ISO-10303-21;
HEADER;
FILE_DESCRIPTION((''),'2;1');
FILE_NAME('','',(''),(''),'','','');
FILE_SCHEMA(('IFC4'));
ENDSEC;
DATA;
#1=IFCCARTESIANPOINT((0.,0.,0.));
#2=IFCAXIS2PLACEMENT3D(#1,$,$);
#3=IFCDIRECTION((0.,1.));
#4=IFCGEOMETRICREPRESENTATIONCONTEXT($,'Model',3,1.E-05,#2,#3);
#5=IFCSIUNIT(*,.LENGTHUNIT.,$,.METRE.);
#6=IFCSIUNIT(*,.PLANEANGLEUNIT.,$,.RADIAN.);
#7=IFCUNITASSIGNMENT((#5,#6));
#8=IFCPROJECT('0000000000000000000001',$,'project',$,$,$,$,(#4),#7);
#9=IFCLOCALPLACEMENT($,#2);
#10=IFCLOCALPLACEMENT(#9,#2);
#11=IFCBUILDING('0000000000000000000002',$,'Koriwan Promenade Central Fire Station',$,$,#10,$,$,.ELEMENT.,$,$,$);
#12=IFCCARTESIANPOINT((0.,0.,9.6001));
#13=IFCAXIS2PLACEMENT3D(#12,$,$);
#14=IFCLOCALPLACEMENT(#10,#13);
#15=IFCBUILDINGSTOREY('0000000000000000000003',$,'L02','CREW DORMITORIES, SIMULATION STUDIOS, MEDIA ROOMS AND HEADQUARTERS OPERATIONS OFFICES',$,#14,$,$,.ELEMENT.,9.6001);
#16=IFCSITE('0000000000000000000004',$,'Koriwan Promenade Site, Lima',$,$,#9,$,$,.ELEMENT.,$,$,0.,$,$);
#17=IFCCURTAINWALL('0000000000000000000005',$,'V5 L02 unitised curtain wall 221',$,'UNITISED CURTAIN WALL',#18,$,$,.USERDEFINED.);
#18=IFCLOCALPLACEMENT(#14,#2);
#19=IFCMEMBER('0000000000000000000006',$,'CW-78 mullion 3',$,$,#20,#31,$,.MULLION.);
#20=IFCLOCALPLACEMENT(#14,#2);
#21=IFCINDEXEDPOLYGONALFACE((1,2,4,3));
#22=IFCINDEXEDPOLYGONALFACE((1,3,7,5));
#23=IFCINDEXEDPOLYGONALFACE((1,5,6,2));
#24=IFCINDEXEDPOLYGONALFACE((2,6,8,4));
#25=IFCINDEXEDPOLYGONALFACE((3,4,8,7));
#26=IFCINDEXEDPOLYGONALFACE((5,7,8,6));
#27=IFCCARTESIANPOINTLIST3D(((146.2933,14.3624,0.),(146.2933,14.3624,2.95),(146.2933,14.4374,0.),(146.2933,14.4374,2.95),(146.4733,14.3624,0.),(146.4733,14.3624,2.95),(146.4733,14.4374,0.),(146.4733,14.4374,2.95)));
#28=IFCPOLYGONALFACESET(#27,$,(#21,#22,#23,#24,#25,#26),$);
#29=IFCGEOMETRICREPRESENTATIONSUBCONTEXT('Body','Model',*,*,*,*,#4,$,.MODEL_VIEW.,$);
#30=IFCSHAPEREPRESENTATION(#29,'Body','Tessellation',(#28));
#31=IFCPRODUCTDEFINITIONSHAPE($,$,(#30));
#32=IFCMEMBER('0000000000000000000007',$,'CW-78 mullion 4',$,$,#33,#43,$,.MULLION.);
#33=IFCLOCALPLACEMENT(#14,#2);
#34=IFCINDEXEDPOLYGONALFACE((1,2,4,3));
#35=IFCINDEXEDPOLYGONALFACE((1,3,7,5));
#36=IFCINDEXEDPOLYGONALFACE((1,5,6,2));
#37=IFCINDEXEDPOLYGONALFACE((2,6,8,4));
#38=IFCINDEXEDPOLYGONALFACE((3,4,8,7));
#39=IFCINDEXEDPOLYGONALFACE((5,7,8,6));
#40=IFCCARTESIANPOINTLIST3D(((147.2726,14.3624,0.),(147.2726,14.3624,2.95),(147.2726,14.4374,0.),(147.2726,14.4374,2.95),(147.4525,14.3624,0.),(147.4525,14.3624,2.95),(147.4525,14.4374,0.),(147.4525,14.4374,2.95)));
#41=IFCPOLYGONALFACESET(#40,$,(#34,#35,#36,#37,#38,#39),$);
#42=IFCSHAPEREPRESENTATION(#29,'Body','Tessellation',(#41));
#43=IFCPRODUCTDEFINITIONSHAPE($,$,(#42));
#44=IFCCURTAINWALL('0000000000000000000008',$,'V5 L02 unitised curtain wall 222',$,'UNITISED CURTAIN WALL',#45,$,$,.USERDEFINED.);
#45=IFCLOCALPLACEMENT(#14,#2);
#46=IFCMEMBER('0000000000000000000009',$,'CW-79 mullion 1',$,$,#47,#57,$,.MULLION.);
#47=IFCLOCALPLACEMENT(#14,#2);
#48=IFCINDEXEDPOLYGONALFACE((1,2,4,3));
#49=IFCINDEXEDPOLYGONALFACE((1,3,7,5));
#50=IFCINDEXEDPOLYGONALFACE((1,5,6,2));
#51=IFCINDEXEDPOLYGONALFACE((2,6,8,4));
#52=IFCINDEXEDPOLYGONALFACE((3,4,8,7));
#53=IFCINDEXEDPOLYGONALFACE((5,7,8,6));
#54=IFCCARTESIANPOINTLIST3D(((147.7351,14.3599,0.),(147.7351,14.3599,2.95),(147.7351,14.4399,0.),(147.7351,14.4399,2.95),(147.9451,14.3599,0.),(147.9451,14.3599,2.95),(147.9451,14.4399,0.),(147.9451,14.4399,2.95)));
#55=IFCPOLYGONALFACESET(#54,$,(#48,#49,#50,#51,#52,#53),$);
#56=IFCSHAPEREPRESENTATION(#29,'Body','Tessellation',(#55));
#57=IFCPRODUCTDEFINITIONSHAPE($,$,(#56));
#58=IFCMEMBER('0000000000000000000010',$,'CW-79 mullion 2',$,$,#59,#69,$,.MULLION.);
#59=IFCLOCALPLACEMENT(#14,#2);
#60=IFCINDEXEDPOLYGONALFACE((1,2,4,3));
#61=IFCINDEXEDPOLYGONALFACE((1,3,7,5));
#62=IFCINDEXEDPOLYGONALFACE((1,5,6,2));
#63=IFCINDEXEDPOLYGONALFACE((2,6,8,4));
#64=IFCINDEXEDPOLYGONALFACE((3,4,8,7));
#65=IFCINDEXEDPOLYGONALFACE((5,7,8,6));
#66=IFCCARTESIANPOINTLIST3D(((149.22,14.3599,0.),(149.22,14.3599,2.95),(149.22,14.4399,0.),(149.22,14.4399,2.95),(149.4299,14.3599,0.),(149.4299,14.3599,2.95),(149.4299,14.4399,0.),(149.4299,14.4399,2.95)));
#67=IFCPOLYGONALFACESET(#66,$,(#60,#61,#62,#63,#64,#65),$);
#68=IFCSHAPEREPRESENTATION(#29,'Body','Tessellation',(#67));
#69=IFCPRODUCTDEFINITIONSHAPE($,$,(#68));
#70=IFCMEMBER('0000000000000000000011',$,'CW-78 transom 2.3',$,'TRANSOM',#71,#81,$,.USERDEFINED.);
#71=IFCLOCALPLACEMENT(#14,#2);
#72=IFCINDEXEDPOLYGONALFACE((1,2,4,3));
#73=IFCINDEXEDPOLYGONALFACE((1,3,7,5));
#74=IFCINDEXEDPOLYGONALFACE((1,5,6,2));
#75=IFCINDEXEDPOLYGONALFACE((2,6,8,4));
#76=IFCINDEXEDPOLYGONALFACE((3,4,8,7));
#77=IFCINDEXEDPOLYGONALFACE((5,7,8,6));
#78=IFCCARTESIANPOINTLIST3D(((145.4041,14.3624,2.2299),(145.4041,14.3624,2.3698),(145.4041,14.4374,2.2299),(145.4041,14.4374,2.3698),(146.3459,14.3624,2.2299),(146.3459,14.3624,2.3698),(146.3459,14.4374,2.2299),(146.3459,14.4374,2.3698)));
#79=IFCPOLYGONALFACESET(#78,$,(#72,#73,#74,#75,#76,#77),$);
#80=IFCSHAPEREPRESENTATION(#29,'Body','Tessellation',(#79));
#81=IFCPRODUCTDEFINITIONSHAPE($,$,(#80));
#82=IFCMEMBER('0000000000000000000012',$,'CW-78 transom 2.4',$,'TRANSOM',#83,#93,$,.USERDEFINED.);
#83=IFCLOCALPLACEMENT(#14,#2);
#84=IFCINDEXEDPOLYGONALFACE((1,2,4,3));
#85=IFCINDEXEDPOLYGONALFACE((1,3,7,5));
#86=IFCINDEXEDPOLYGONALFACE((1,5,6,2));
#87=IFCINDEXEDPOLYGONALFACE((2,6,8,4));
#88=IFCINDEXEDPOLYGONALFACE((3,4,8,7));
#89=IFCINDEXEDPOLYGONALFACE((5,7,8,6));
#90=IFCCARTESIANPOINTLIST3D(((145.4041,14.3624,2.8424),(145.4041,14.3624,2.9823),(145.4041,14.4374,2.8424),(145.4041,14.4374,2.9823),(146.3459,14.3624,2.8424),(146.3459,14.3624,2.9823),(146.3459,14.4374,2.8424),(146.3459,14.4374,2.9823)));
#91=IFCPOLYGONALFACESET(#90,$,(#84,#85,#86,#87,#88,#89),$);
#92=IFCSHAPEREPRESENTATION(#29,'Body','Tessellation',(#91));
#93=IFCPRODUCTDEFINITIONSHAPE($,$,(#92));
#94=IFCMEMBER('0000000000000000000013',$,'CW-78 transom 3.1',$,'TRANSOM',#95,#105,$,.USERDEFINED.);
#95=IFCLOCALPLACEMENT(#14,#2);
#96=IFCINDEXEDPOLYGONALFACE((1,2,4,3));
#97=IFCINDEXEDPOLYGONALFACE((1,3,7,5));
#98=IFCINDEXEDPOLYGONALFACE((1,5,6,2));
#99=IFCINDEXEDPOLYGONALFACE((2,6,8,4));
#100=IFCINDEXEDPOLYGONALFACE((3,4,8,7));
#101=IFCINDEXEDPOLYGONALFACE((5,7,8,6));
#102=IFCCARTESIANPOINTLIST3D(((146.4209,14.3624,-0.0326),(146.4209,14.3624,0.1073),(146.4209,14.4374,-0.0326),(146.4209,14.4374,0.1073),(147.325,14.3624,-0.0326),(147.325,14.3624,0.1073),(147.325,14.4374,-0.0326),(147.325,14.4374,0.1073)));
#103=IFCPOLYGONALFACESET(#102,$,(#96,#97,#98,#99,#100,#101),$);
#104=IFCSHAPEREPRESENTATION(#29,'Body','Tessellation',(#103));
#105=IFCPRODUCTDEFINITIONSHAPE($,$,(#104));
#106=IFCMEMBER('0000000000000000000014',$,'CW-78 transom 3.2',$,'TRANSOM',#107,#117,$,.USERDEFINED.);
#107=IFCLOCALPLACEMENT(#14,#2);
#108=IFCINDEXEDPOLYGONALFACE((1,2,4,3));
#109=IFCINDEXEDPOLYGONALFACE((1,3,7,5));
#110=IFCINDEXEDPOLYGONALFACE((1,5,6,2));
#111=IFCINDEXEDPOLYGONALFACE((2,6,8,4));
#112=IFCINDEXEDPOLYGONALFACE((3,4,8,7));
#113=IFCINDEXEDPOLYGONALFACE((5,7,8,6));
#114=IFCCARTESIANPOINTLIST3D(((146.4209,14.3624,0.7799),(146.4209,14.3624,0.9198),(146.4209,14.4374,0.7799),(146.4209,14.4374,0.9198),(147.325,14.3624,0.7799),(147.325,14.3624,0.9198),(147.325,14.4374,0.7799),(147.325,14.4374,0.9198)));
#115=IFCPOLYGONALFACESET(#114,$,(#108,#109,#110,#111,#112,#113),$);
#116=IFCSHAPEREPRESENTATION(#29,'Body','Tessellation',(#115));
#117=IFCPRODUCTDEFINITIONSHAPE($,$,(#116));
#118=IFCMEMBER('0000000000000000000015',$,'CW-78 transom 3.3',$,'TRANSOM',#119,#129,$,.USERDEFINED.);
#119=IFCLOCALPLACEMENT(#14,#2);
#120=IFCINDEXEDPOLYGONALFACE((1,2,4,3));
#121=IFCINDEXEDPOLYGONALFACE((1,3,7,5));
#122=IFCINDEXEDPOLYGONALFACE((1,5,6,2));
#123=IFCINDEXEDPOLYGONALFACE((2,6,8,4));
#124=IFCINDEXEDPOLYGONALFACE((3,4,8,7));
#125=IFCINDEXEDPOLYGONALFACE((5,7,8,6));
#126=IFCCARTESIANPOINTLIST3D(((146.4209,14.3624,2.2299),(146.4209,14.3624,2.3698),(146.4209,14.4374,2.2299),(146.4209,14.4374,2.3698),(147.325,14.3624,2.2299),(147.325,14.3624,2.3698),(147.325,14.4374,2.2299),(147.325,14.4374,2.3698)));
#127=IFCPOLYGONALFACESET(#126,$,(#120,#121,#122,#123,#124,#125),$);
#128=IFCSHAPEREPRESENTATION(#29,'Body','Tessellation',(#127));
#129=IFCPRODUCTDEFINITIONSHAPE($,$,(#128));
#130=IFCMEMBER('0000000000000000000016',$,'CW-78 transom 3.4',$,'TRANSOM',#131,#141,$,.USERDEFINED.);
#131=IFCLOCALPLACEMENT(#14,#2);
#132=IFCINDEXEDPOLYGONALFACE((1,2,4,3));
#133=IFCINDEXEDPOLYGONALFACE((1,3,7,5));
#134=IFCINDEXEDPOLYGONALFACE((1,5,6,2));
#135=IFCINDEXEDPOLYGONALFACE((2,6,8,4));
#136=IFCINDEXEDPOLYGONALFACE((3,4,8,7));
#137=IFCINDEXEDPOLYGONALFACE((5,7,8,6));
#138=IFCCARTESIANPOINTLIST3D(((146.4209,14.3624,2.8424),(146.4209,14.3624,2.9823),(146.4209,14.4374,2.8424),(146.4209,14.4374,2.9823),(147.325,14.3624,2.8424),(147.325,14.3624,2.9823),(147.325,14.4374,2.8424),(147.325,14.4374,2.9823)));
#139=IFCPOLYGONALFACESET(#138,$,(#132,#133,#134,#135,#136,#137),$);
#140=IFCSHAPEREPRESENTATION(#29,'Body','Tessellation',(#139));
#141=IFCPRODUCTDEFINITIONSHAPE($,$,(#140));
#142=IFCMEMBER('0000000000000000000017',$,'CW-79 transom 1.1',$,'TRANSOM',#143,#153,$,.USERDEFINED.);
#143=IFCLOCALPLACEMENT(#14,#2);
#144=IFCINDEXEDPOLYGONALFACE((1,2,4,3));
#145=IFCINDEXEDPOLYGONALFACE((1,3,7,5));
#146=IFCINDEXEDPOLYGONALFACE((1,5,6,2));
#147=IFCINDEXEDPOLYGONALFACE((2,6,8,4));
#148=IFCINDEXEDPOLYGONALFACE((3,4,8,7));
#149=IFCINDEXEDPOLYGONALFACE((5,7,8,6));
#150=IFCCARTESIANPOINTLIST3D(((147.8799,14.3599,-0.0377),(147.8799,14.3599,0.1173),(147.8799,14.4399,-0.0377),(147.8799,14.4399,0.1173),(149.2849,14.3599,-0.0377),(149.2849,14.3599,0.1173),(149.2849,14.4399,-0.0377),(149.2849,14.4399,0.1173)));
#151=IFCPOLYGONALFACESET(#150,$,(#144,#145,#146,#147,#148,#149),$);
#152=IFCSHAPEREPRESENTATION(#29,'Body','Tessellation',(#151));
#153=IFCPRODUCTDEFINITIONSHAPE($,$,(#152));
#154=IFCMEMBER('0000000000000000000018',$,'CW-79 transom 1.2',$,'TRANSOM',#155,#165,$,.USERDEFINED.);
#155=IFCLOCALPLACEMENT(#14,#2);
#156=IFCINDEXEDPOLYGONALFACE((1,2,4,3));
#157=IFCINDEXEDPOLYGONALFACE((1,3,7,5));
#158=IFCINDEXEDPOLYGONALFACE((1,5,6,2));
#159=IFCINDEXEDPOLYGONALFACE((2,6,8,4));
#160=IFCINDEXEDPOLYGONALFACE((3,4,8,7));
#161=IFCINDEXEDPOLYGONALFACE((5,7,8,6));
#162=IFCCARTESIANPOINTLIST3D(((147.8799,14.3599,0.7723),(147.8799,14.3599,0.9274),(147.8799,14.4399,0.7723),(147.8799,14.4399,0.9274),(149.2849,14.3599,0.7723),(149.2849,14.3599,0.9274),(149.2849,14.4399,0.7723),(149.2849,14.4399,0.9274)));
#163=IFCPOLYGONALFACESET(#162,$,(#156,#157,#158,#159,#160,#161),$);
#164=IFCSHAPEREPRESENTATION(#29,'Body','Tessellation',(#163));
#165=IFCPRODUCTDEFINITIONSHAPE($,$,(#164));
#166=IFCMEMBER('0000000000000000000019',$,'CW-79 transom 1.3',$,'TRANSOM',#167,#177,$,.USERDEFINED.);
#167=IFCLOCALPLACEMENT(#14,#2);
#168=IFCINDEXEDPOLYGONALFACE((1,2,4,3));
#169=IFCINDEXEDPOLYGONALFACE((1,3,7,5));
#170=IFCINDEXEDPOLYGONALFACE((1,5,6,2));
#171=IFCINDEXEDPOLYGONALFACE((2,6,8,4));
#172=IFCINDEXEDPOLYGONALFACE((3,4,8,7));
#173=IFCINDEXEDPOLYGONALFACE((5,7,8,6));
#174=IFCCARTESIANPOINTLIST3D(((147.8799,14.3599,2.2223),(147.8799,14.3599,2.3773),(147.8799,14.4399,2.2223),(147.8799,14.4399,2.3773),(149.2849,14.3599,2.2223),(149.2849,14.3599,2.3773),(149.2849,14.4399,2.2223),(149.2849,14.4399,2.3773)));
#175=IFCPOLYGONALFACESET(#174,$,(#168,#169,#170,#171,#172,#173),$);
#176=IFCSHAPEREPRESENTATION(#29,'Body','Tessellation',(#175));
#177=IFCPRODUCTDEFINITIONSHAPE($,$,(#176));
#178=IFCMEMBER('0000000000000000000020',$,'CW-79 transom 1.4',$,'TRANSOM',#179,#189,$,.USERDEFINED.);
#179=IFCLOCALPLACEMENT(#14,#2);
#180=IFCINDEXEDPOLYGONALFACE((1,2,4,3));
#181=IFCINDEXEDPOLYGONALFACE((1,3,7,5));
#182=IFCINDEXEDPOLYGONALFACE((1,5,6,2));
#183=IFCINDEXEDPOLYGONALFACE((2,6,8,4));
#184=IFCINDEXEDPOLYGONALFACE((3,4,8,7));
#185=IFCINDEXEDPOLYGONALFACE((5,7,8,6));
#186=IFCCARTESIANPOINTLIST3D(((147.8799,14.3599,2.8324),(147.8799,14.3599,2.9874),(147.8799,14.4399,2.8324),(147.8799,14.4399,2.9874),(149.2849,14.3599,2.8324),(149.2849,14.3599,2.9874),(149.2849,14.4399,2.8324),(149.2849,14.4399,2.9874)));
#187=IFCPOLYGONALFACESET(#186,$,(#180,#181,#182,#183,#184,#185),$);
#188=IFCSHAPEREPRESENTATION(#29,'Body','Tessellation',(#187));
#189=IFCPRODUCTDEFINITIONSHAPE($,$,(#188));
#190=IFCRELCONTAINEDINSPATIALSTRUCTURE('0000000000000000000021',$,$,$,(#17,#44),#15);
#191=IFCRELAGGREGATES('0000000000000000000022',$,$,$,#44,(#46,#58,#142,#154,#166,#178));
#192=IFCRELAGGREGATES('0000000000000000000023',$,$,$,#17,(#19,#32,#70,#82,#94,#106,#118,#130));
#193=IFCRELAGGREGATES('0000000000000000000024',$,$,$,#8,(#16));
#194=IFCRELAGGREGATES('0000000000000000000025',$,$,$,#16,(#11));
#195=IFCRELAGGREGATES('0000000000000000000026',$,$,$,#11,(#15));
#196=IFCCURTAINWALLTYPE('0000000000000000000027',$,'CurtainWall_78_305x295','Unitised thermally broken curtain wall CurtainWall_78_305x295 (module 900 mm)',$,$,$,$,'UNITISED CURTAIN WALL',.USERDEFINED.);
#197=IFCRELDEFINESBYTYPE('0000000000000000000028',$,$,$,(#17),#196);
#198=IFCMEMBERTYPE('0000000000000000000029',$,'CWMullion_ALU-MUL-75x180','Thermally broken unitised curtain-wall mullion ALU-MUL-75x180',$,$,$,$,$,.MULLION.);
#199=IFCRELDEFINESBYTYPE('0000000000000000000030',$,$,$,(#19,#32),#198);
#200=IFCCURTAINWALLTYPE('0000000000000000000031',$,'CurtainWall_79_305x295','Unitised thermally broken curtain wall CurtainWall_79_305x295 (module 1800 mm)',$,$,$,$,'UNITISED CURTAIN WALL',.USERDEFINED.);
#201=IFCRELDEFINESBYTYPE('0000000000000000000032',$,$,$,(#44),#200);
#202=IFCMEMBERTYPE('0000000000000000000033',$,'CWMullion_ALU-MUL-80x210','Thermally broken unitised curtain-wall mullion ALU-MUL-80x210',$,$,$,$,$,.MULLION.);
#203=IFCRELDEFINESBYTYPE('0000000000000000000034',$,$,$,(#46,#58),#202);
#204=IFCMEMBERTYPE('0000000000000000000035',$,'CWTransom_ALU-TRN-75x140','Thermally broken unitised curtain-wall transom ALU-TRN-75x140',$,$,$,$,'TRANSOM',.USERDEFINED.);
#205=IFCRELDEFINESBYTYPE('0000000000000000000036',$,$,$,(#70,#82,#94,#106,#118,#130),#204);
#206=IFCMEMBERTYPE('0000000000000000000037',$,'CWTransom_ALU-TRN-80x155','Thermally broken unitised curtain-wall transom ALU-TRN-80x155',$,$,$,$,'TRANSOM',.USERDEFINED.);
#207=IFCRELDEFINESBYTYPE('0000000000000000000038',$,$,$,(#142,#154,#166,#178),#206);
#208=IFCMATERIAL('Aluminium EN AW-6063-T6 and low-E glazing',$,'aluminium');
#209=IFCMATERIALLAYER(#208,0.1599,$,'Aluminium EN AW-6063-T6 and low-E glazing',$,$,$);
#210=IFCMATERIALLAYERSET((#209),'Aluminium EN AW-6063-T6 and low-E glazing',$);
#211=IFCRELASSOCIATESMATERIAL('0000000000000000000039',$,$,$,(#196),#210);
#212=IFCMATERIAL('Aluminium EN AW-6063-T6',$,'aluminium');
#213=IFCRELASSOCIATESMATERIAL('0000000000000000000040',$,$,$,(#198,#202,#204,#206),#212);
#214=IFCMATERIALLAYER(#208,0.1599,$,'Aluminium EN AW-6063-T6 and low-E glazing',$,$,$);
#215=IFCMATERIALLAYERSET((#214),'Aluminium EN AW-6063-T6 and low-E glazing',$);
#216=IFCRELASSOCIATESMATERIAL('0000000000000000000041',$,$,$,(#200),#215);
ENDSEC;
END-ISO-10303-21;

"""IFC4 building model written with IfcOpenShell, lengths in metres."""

from ifc_helpers import new_model, si_unit, direction, frame, origin, origin_2d, place, context, subcontext, project, spatial, rectangle, extrude, material, layer, layer_set, material_profile, profile_set, type_object, element, aggregate, save


model = new_model("IFC4")

# Units and contexts
model_context = context("Model", 3, precision=1e-05, world=origin(), true_north=direction((0.0, 1.0)))
body_context = subcontext(model_context, "Body", "Model", "MODEL_VIEW")
ifc_project = project(units=[si_unit("LENGTHUNIT", "METRE"), si_unit("PLANEANGLEUNIT", "RADIAN")], contexts=[model_context])

# Site, building, storey
site_placement = place(None, origin())
site = spatial("IfcSite", under=ifc_project, at=site_placement, Name="Koriwan Promenade Site, Lima", CompositionType="ELEMENT", RefElevation=0.0)
building_placement = place(site_placement, origin())
building = spatial("IfcBuilding", under=site, at=building_placement, Name="Koriwan Promenade Central Fire Station", CompositionType="ELEMENT")
storey_placement = place(building_placement, frame((0.0, 0.0, 9.6001)))
storey = spatial("IfcBuildingStorey", under=building, at=storey_placement, Name="L02", Description="CREW DORMITORIES, SIMULATION STUDIOS, MEDIA ROOMS AND HEADQUARTERS OPERATIONS OFFICES", CompositionType="ELEMENT", Elevation=9.6001)

# Curtain walls, members
ifc_material_1 = material(Name="Aluminium EN AW-6063-T6 and low-E glazing", Category="aluminium")
ifc_layer_1 = layer(ifc_material_1, 0.1599, Name="Aluminium EN AW-6063-T6 and low-E glazing")
ifc_layer_set_1 = layer_set([ifc_layer_1], Name="Aluminium EN AW-6063-T6 and low-E glazing")
curtain_wall_type_1 = type_object("IfcCurtainWallType", Name="CurtainWall_78_305x295", Description="Unitised thermally broken curtain wall CurtainWall_78_305x295 (module 900 mm)", ElementType="UNITISED CURTAIN WALL", PredefinedType="USERDEFINED", material=ifc_layer_set_1)
curtain_wall_1_placement = place(storey_placement, origin())
curtain_wall_1 = element("IfcCurtainWall", 1, at=curtain_wall_1_placement, inside=storey, type_object=curtain_wall_type_1, Name="V5 L02 unitised curtain wall 221", ObjectType="UNITISED CURTAIN WALL", PredefinedType="USERDEFINED")
ifc_material_2 = material(Name="Aluminium EN AW-6063-T6", Category="aluminium")
ifc_material_profile_1 = material_profile(ifc_material_2, rectangle(XDim=0.075, YDim=0.1799, at=origin_2d()), Name="ALU-MUL-75x180")
ifc_profile_set_1 = profile_set([ifc_material_profile_1], Name="Aluminium EN AW-6063-T6")
member_type_1 = type_object("IfcMemberType", Name="CWMullion_ALU-MUL-75x180", Description="Thermally broken unitised curtain-wall mullion ALU-MUL-75x180", PredefinedType="MULLION", material=ifc_profile_set_1)
member_1_placement = place(storey_placement, frame((146.3833, 14.3999, 0.0), z_axis=(0.0, 0.0, 1.0), x_axis=(0.0, 1.0, 0.0)))
member_1 = element("IfcMember", 2, at=member_1_placement, type_object=member_type_1, Name="CW-78 mullion 3", PredefinedType="MULLION", context=body_context, shape_type="SweptSolid", body=[
    extrude(rectangle(XDim=0.075, YDim=0.1799, at=origin_2d()), origin(), (0.0, 0.0, 1.0), 2.95),
])
member_2_placement = place(storey_placement, frame((147.3625, 14.3999, 0.0), z_axis=(0.0, 0.0, 1.0), x_axis=(0.0, 1.0, 0.0)))
member_2 = element("IfcMember", 3, at=member_2_placement, type_object=member_type_1, Name="CW-78 mullion 4", PredefinedType="MULLION", context=body_context, shape_type="SweptSolid", body=[
    extrude(rectangle(XDim=0.075, YDim=0.1799, at=origin_2d()), origin(), (0.0, 0.0, 1.0), 2.95),
])
ifc_layer_2 = layer(ifc_material_1, 0.1599, Name="Aluminium EN AW-6063-T6 and low-E glazing")
ifc_layer_set_2 = layer_set([ifc_layer_2], Name="Aluminium EN AW-6063-T6 and low-E glazing")
curtain_wall_type_2 = type_object("IfcCurtainWallType", Name="CurtainWall_79_305x295", Description="Unitised thermally broken curtain wall CurtainWall_79_305x295 (module 1800 mm)", ElementType="UNITISED CURTAIN WALL", PredefinedType="USERDEFINED", material=ifc_layer_set_2)
curtain_wall_2_placement = place(storey_placement, origin())
curtain_wall_2 = element("IfcCurtainWall", 4, at=curtain_wall_2_placement, inside=storey, type_object=curtain_wall_type_2, Name="V5 L02 unitised curtain wall 222", ObjectType="UNITISED CURTAIN WALL", PredefinedType="USERDEFINED")
ifc_material_profile_2 = material_profile(ifc_material_2, rectangle(XDim=0.0801, YDim=0.21, at=origin_2d()), Name="ALU-MUL-80x210")
ifc_profile_set_2 = profile_set([ifc_material_profile_2], Name="Aluminium EN AW-6063-T6")
member_type_2 = type_object("IfcMemberType", Name="CWMullion_ALU-MUL-80x210", Description="Thermally broken unitised curtain-wall mullion ALU-MUL-80x210", PredefinedType="MULLION", material=ifc_profile_set_2)
member_3_placement = place(storey_placement, frame((147.8401, 14.3999, 0.0), z_axis=(0.0, 0.0, 1.0), x_axis=(0.0, 1.0, 0.0)))
member_3 = element("IfcMember", 5, at=member_3_placement, type_object=member_type_2, Name="CW-79 mullion 1", PredefinedType="MULLION", context=body_context, shape_type="SweptSolid", body=[
    extrude(rectangle(XDim=0.0801, YDim=0.21, at=origin_2d()), origin(), (0.0, 0.0, 1.0), 2.95),
])
member_4_placement = place(storey_placement, frame((149.325, 14.3999, 0.0), z_axis=(0.0, 0.0, 1.0), x_axis=(0.0, 1.0, 0.0)))
member_4 = element("IfcMember", 6, at=member_4_placement, type_object=member_type_2, Name="CW-79 mullion 2", PredefinedType="MULLION", context=body_context, shape_type="SweptSolid", body=[
    extrude(rectangle(XDim=0.0801, YDim=0.21, at=origin_2d()), origin(), (0.0, 0.0, 1.0), 2.95),
])

# Members
ifc_material_profile_3 = material_profile(ifc_material_2, rectangle(XDim=0.075, YDim=0.1399, at=origin_2d()), Name="ALU-TRN-75x140")
ifc_profile_set_3 = profile_set([ifc_material_profile_3], Name="Aluminium EN AW-6063-T6")
member_type_3 = type_object("IfcMemberType", Name="CWTransom_ALU-TRN-75x140", Description="Thermally broken unitised curtain-wall transom ALU-TRN-75x140", ElementType="TRANSOM", PredefinedType="USERDEFINED", material=ifc_profile_set_3)
member_5_placement = place(storey_placement, frame((145.4041, 14.3999, 2.2998), z_axis=(1.0, 0.0, 0.0), x_axis=(0.0, 1.0, 0.0)))
member_5 = element("IfcMember", 7, at=member_5_placement, type_object=member_type_3, Name="CW-78 transom 2.3", ObjectType="TRANSOM", PredefinedType="USERDEFINED", context=body_context, shape_type="SweptSolid", body=[
    extrude(rectangle(XDim=0.075, YDim=0.1399, at=origin_2d()), origin(), (0.0, 0.0, 1.0), 0.9419),
])
member_6_placement = place(storey_placement, frame((145.4041, 14.3999, 2.9124), z_axis=(1.0, 0.0, 0.0), x_axis=(0.0, 1.0, 0.0)))
member_6 = element("IfcMember", 8, at=member_6_placement, type_object=member_type_3, Name="CW-78 transom 2.4", ObjectType="TRANSOM", PredefinedType="USERDEFINED", context=body_context, shape_type="SweptSolid", body=[
    extrude(rectangle(XDim=0.075, YDim=0.1399, at=origin_2d()), origin(), (0.0, 0.0, 1.0), 0.9419),
])
member_7_placement = place(storey_placement, frame((146.4209, 14.3999, 0.0374), z_axis=(1.0, 0.0, 0.0), x_axis=(0.0, 1.0, 0.0)))
member_7 = element("IfcMember", 9, at=member_7_placement, type_object=member_type_3, Name="CW-78 transom 3.1", ObjectType="TRANSOM", PredefinedType="USERDEFINED", context=body_context, shape_type="SweptSolid", body=[
    extrude(rectangle(XDim=0.075, YDim=0.1399, at=origin_2d()), origin(), (0.0, 0.0, 1.0), 0.9041),
])
member_8_placement = place(storey_placement, frame((146.4209, 14.3999, 0.8499), z_axis=(1.0, 0.0, 0.0), x_axis=(0.0, 1.0, 0.0)))
member_8 = element("IfcMember", 10, at=member_8_placement, type_object=member_type_3, Name="CW-78 transom 3.2", ObjectType="TRANSOM", PredefinedType="USERDEFINED", context=body_context, shape_type="SweptSolid", body=[
    extrude(rectangle(XDim=0.075, YDim=0.1399, at=origin_2d()), origin(), (0.0, 0.0, 1.0), 0.9041),
])
member_9_placement = place(storey_placement, frame((146.4209, 14.3999, 2.2998), z_axis=(1.0, 0.0, 0.0), x_axis=(0.0, 1.0, 0.0)))
member_9 = element("IfcMember", 11, at=member_9_placement, type_object=member_type_3, Name="CW-78 transom 3.3", ObjectType="TRANSOM", PredefinedType="USERDEFINED", context=body_context, shape_type="SweptSolid", body=[
    extrude(rectangle(XDim=0.075, YDim=0.1399, at=origin_2d()), origin(), (0.0, 0.0, 1.0), 0.9041),
])
member_10_placement = place(storey_placement, frame((146.4209, 14.3999, 2.9124), z_axis=(1.0, 0.0, 0.0), x_axis=(0.0, 1.0, 0.0)))
member_10 = element("IfcMember", 12, at=member_10_placement, type_object=member_type_3, Name="CW-78 transom 3.4", ObjectType="TRANSOM", PredefinedType="USERDEFINED", context=body_context, shape_type="SweptSolid", body=[
    extrude(rectangle(XDim=0.075, YDim=0.1399, at=origin_2d()), origin(), (0.0, 0.0, 1.0), 0.9041),
])
ifc_material_profile_4 = material_profile(ifc_material_2, rectangle(XDim=0.0801, YDim=0.155, at=origin_2d()), Name="ALU-TRN-80x155")
ifc_profile_set_4 = profile_set([ifc_material_profile_4], Name="Aluminium EN AW-6063-T6")
member_type_4 = type_object("IfcMemberType", Name="CWTransom_ALU-TRN-80x155", Description="Thermally broken unitised curtain-wall transom ALU-TRN-80x155", ElementType="TRANSOM", PredefinedType="USERDEFINED", material=ifc_profile_set_4)
member_11_placement = place(storey_placement, frame((147.8799, 14.3999, 0.0398), z_axis=(1.0, 0.0, 0.0), x_axis=(0.0, 1.0, 0.0)))
member_11 = element("IfcMember", 13, at=member_11_placement, type_object=member_type_4, Name="CW-79 transom 1.1", ObjectType="TRANSOM", PredefinedType="USERDEFINED", context=body_context, shape_type="SweptSolid", body=[
    extrude(rectangle(XDim=0.0801, YDim=0.155, at=origin_2d()), origin(), (0.0, 0.0, 1.0), 1.405),
])
member_12_placement = place(storey_placement, frame((147.8799, 14.3999, 0.8499), z_axis=(1.0, 0.0, 0.0), x_axis=(0.0, 1.0, 0.0)))
member_12 = element("IfcMember", 14, at=member_12_placement, type_object=member_type_4, Name="CW-79 transom 1.2", ObjectType="TRANSOM", PredefinedType="USERDEFINED", context=body_context, shape_type="SweptSolid", body=[
    extrude(rectangle(XDim=0.0801, YDim=0.155, at=origin_2d()), origin(), (0.0, 0.0, 1.0), 1.405),
])
member_13_placement = place(storey_placement, frame((147.8799, 14.3999, 2.2998), z_axis=(1.0, 0.0, 0.0), x_axis=(0.0, 1.0, 0.0)))
member_13 = element("IfcMember", 15, at=member_13_placement, type_object=member_type_4, Name="CW-79 transom 1.3", ObjectType="TRANSOM", PredefinedType="USERDEFINED", context=body_context, shape_type="SweptSolid", body=[
    extrude(rectangle(XDim=0.0801, YDim=0.155, at=origin_2d()), origin(), (0.0, 0.0, 1.0), 1.405),
])
member_14_placement = place(storey_placement, frame((147.8799, 14.3999, 2.9099), z_axis=(1.0, 0.0, 0.0), x_axis=(0.0, 1.0, 0.0)))
member_14 = element("IfcMember", 16, at=member_14_placement, type_object=member_type_4, Name="CW-79 transom 1.4", ObjectType="TRANSOM", PredefinedType="USERDEFINED", context=body_context, shape_type="SweptSolid", body=[
    extrude(rectangle(XDim=0.0801, YDim=0.155, at=origin_2d()), origin(), (0.0, 0.0, 1.0), 1.405),
])

aggregate(curtain_wall_2, [member_3, member_4, member_11, member_12, member_13, member_14])
aggregate(curtain_wall_1, [member_1, member_2, member_5, member_6, member_7, member_8, member_9, member_10])

save(model, "model.ifc")
